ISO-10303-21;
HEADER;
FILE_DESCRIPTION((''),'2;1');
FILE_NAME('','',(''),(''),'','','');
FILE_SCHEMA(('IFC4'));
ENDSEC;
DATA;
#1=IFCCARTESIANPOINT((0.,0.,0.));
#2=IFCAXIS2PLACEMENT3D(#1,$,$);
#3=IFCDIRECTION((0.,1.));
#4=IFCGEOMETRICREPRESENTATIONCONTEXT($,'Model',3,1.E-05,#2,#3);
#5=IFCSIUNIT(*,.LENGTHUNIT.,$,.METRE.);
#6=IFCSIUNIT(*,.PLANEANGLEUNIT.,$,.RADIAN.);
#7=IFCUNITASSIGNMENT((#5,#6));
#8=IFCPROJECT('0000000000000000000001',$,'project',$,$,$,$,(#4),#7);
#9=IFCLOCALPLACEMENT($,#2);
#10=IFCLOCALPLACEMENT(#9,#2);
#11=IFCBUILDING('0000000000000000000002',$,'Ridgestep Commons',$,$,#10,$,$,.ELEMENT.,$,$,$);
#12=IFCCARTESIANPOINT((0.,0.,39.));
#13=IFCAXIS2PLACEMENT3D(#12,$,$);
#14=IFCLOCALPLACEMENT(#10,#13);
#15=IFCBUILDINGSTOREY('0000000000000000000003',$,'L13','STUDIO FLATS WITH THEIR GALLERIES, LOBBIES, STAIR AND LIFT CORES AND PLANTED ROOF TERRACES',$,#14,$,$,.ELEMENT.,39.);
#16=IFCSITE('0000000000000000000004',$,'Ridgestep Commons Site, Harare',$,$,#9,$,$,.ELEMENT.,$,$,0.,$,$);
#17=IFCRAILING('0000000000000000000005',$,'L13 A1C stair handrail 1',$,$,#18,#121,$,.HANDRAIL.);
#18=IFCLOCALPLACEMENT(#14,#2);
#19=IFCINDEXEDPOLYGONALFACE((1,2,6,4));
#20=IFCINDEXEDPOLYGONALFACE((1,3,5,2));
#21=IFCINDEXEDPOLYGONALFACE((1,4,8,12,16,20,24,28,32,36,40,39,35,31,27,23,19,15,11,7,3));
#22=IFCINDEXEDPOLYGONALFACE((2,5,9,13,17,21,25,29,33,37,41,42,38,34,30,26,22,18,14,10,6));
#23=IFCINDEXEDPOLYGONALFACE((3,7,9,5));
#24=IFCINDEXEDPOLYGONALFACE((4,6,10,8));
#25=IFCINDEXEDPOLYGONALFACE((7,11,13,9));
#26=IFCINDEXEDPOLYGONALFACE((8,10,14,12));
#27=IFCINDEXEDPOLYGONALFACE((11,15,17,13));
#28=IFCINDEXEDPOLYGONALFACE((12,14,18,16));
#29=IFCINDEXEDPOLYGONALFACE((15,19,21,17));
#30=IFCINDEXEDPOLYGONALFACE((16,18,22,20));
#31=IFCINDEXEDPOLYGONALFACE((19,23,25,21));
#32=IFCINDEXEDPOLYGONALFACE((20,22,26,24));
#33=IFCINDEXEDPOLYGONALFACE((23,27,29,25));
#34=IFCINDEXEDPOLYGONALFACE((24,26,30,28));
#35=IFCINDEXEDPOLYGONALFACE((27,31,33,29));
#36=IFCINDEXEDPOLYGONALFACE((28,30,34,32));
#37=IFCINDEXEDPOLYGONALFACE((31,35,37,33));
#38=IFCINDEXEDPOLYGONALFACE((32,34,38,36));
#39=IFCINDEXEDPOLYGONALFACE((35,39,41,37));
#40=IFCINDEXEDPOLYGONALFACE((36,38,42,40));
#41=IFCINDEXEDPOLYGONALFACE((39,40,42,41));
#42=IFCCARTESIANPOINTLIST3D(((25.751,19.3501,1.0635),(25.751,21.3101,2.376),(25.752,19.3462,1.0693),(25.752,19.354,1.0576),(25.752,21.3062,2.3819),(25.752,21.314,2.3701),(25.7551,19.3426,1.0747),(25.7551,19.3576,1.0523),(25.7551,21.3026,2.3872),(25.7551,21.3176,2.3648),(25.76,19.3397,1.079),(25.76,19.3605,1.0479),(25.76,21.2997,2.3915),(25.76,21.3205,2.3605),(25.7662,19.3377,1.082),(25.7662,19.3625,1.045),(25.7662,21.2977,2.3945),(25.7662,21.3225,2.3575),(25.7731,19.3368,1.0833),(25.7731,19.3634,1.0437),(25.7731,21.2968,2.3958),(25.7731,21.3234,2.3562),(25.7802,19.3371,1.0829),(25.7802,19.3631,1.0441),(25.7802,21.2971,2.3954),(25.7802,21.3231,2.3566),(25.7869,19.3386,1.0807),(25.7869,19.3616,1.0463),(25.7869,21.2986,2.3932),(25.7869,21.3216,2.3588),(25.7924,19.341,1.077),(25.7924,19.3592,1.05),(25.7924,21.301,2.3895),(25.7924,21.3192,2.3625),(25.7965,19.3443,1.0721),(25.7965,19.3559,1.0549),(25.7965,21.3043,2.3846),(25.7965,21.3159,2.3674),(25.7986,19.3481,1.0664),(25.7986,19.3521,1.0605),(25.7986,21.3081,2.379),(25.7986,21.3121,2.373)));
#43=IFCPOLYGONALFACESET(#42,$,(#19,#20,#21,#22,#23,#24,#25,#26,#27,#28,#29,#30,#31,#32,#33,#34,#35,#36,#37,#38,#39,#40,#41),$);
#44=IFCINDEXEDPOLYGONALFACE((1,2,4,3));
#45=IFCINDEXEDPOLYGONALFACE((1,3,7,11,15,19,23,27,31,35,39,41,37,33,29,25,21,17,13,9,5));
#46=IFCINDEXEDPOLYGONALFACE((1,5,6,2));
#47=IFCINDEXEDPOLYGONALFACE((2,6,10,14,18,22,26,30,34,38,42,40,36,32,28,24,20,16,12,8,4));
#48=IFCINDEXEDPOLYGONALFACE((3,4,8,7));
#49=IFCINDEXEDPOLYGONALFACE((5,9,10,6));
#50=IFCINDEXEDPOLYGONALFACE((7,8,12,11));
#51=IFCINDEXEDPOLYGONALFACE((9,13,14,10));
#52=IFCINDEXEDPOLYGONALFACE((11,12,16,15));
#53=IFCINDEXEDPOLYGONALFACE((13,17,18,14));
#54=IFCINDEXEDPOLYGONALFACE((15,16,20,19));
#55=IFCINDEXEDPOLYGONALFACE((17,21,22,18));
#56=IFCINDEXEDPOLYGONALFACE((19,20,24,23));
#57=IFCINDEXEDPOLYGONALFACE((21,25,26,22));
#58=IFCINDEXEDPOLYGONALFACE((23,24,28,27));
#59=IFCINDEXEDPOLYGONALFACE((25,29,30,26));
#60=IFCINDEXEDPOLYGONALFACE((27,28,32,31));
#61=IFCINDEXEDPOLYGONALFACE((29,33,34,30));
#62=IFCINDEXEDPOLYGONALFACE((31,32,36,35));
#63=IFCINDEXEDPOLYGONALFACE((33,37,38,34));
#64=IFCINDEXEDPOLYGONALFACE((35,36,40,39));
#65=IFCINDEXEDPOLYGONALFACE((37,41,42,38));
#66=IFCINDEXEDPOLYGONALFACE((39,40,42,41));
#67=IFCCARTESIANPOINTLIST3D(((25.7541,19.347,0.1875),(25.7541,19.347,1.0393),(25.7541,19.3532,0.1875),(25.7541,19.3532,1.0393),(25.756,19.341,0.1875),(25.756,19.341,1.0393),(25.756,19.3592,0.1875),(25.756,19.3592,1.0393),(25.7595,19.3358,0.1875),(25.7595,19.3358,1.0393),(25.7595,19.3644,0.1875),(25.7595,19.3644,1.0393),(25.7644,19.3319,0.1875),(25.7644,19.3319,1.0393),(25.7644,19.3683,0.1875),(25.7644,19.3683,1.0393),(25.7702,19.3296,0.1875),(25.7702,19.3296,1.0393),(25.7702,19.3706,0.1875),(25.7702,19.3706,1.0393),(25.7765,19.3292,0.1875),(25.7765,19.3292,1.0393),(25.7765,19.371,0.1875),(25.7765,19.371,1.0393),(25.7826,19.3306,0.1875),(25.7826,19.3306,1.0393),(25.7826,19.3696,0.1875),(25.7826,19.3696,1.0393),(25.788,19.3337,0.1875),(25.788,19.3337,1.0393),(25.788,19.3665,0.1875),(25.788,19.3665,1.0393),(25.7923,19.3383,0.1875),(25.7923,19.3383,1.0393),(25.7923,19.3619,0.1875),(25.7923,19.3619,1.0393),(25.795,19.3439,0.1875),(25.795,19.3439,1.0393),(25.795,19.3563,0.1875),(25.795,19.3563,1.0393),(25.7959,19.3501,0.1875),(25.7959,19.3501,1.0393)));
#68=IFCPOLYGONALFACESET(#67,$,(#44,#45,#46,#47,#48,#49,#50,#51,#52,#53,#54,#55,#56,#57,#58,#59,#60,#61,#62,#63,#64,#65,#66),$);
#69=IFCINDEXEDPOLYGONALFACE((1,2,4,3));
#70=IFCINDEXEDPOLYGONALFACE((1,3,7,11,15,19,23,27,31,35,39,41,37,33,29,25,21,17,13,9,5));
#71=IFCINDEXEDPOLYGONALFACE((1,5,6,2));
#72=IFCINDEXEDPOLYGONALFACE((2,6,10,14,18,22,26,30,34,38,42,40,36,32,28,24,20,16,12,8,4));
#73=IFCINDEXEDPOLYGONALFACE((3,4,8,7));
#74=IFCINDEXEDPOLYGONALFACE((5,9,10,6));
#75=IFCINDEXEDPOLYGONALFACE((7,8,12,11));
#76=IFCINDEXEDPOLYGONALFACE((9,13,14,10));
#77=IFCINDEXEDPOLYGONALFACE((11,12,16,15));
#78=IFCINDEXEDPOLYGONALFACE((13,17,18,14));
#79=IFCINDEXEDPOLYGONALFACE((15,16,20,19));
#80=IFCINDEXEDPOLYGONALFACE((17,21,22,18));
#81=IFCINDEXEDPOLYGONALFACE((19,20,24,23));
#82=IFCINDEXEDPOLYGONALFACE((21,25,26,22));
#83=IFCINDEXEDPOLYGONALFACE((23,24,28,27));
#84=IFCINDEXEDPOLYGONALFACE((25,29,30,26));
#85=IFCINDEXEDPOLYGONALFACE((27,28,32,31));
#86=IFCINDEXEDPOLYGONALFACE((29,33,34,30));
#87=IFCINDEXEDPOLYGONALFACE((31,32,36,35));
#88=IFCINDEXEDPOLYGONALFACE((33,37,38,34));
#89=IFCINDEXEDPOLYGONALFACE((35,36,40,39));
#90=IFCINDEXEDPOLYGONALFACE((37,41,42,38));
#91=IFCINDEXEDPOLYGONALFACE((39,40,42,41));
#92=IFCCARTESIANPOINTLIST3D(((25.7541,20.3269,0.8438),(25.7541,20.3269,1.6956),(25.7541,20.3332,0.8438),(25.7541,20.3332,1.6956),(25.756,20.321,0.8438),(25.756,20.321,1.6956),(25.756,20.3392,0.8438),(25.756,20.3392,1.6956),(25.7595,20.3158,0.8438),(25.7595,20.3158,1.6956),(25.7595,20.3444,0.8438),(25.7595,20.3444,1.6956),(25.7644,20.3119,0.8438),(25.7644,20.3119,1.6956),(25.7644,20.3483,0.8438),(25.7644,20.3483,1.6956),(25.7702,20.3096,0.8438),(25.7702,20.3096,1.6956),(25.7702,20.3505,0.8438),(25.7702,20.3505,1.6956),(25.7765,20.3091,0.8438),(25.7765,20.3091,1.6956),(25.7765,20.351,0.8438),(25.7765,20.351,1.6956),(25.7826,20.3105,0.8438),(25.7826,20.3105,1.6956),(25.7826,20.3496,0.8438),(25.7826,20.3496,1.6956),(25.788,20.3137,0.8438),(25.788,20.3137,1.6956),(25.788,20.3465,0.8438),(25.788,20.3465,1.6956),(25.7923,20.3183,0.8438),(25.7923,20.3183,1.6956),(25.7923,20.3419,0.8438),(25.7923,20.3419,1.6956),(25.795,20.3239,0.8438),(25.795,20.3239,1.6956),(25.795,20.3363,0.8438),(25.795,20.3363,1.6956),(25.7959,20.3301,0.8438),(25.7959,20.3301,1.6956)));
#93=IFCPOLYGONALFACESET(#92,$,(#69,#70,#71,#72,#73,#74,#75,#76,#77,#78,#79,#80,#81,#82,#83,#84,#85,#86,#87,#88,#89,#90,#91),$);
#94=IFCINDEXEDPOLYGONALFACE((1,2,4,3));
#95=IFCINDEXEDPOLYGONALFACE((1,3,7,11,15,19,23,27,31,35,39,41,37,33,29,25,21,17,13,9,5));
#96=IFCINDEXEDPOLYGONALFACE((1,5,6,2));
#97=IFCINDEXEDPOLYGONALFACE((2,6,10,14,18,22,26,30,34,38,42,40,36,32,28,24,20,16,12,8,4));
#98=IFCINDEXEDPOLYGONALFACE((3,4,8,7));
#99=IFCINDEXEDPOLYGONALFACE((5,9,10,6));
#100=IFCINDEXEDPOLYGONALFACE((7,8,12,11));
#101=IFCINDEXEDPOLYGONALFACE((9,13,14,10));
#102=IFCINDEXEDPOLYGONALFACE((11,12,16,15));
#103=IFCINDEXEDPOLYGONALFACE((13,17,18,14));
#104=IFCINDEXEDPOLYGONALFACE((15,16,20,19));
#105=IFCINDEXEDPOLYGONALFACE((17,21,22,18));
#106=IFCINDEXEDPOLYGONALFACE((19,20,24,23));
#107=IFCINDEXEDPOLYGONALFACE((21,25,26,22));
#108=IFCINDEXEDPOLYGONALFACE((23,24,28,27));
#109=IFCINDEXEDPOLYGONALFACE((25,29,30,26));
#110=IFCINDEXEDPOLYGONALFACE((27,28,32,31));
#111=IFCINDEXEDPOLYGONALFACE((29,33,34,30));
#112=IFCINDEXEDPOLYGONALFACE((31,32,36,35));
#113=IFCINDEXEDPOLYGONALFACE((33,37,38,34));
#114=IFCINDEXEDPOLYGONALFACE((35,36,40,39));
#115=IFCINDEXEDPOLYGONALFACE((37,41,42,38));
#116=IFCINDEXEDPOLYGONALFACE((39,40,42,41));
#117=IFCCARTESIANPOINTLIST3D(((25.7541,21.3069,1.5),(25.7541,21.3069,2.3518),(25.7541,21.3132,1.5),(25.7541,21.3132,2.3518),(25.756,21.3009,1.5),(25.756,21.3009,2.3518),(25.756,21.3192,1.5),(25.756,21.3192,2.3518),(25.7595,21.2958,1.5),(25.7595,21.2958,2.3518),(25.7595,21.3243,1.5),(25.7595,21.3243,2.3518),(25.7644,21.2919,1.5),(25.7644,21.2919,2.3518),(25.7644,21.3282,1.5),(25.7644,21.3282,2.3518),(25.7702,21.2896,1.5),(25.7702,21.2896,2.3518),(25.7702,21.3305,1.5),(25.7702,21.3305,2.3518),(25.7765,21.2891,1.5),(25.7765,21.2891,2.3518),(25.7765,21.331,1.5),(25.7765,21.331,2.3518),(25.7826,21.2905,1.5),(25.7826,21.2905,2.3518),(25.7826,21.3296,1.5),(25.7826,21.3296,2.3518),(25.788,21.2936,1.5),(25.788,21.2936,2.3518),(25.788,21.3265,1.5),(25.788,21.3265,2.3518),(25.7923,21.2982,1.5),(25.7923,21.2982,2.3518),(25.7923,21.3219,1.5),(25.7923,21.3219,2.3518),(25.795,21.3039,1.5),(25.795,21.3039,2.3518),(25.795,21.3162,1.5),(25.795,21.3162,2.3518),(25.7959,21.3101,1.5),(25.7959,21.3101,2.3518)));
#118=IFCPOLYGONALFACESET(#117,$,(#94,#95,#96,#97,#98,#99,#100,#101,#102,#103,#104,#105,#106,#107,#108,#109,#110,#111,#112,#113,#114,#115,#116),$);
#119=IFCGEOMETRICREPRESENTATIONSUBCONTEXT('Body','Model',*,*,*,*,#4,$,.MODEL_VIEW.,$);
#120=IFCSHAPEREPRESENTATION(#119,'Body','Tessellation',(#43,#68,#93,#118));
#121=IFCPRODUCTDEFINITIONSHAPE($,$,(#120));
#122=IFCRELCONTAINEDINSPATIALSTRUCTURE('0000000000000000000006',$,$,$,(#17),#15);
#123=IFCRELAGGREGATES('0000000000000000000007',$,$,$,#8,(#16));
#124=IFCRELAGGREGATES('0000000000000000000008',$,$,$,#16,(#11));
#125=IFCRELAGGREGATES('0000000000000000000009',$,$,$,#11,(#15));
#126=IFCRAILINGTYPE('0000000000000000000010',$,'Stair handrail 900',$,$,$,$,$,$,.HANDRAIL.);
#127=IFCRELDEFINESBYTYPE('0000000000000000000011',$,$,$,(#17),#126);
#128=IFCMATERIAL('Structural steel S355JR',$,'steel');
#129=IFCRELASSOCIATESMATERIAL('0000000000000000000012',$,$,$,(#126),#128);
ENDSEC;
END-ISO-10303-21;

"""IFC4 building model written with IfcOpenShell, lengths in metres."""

from ifc_helpers import new_model, si_unit, direction, frame, origin, origin_2d, place, context, subcontext, project, spatial, circle, extrude, material, type_object, element, save


model = new_model("IFC4")

# Units and contexts
model_context = context("Model", 3, precision=1e-05, world=origin(), true_north=direction((0.0, 1.0)))
body_context = subcontext(model_context, "Body", "Model", "MODEL_VIEW")
ifc_project = project(units=[si_unit("LENGTHUNIT", "METRE"), si_unit("PLANEANGLEUNIT", "RADIAN")], contexts=[model_context])

# Site, building, storey
site_placement = place(None, origin())
site = spatial("IfcSite", under=ifc_project, at=site_placement, Name="Ridgestep Commons Site, Harare", CompositionType="ELEMENT", RefElevation=0.0)
building_placement = place(site_placement, origin())
building = spatial("IfcBuilding", under=site, at=building_placement, Name="Ridgestep Commons", CompositionType="ELEMENT")
storey_placement = place(building_placement, frame((0.0, 0.0, 39.0)))
storey = spatial("IfcBuildingStorey", under=building, at=storey_placement, Name="L13", Description="STUDIO FLATS WITH THEIR GALLERIES, LOBBIES, STAIR AND LIFT CORES AND PLANTED ROOF TERRACES", CompositionType="ELEMENT", Elevation=39.0)

# Railing
ifc_material_1 = material(Name="Structural steel S355JR", Category="steel")
railing_type_1 = type_object("IfcRailingType", Name="Stair handrail 900", PredefinedType="HANDRAIL", material=ifc_material_1)
railing_1_placement = place(storey_placement, frame((25.7749, 19.3501, 0.1875)))
element("IfcRailing", 1, at=railing_1_placement, inside=storey, type_object=railing_type_1, Name="L13 A1C stair handrail 1", PredefinedType="HANDRAIL", context=body_context, shape_type="SweptSolid", body=[
    extrude(circle(Radius=0.0239, at=origin_2d()), frame((0.0, 0.0, 0.876), z_axis=(0.0, 0.830902, 0.556419), x_axis=(-1.0, 0.0, 0.0)), (0.0, 0.0, 1.0), 2.3589),
    extrude(circle(Radius=0.021, at=origin_2d()), origin(), (0.0, 0.0, 1.0), 0.8518),
    extrude(circle(Radius=0.021, at=origin_2d()), frame((0.0, 0.98, 0.6562)), (0.0, 0.0, 1.0), 0.8518),
    extrude(circle(Radius=0.021, at=origin_2d()), frame((0.0, 1.96, 1.3125)), (0.0, 0.0, 1.0), 0.8518),
])

save(model, "model.ifc")
